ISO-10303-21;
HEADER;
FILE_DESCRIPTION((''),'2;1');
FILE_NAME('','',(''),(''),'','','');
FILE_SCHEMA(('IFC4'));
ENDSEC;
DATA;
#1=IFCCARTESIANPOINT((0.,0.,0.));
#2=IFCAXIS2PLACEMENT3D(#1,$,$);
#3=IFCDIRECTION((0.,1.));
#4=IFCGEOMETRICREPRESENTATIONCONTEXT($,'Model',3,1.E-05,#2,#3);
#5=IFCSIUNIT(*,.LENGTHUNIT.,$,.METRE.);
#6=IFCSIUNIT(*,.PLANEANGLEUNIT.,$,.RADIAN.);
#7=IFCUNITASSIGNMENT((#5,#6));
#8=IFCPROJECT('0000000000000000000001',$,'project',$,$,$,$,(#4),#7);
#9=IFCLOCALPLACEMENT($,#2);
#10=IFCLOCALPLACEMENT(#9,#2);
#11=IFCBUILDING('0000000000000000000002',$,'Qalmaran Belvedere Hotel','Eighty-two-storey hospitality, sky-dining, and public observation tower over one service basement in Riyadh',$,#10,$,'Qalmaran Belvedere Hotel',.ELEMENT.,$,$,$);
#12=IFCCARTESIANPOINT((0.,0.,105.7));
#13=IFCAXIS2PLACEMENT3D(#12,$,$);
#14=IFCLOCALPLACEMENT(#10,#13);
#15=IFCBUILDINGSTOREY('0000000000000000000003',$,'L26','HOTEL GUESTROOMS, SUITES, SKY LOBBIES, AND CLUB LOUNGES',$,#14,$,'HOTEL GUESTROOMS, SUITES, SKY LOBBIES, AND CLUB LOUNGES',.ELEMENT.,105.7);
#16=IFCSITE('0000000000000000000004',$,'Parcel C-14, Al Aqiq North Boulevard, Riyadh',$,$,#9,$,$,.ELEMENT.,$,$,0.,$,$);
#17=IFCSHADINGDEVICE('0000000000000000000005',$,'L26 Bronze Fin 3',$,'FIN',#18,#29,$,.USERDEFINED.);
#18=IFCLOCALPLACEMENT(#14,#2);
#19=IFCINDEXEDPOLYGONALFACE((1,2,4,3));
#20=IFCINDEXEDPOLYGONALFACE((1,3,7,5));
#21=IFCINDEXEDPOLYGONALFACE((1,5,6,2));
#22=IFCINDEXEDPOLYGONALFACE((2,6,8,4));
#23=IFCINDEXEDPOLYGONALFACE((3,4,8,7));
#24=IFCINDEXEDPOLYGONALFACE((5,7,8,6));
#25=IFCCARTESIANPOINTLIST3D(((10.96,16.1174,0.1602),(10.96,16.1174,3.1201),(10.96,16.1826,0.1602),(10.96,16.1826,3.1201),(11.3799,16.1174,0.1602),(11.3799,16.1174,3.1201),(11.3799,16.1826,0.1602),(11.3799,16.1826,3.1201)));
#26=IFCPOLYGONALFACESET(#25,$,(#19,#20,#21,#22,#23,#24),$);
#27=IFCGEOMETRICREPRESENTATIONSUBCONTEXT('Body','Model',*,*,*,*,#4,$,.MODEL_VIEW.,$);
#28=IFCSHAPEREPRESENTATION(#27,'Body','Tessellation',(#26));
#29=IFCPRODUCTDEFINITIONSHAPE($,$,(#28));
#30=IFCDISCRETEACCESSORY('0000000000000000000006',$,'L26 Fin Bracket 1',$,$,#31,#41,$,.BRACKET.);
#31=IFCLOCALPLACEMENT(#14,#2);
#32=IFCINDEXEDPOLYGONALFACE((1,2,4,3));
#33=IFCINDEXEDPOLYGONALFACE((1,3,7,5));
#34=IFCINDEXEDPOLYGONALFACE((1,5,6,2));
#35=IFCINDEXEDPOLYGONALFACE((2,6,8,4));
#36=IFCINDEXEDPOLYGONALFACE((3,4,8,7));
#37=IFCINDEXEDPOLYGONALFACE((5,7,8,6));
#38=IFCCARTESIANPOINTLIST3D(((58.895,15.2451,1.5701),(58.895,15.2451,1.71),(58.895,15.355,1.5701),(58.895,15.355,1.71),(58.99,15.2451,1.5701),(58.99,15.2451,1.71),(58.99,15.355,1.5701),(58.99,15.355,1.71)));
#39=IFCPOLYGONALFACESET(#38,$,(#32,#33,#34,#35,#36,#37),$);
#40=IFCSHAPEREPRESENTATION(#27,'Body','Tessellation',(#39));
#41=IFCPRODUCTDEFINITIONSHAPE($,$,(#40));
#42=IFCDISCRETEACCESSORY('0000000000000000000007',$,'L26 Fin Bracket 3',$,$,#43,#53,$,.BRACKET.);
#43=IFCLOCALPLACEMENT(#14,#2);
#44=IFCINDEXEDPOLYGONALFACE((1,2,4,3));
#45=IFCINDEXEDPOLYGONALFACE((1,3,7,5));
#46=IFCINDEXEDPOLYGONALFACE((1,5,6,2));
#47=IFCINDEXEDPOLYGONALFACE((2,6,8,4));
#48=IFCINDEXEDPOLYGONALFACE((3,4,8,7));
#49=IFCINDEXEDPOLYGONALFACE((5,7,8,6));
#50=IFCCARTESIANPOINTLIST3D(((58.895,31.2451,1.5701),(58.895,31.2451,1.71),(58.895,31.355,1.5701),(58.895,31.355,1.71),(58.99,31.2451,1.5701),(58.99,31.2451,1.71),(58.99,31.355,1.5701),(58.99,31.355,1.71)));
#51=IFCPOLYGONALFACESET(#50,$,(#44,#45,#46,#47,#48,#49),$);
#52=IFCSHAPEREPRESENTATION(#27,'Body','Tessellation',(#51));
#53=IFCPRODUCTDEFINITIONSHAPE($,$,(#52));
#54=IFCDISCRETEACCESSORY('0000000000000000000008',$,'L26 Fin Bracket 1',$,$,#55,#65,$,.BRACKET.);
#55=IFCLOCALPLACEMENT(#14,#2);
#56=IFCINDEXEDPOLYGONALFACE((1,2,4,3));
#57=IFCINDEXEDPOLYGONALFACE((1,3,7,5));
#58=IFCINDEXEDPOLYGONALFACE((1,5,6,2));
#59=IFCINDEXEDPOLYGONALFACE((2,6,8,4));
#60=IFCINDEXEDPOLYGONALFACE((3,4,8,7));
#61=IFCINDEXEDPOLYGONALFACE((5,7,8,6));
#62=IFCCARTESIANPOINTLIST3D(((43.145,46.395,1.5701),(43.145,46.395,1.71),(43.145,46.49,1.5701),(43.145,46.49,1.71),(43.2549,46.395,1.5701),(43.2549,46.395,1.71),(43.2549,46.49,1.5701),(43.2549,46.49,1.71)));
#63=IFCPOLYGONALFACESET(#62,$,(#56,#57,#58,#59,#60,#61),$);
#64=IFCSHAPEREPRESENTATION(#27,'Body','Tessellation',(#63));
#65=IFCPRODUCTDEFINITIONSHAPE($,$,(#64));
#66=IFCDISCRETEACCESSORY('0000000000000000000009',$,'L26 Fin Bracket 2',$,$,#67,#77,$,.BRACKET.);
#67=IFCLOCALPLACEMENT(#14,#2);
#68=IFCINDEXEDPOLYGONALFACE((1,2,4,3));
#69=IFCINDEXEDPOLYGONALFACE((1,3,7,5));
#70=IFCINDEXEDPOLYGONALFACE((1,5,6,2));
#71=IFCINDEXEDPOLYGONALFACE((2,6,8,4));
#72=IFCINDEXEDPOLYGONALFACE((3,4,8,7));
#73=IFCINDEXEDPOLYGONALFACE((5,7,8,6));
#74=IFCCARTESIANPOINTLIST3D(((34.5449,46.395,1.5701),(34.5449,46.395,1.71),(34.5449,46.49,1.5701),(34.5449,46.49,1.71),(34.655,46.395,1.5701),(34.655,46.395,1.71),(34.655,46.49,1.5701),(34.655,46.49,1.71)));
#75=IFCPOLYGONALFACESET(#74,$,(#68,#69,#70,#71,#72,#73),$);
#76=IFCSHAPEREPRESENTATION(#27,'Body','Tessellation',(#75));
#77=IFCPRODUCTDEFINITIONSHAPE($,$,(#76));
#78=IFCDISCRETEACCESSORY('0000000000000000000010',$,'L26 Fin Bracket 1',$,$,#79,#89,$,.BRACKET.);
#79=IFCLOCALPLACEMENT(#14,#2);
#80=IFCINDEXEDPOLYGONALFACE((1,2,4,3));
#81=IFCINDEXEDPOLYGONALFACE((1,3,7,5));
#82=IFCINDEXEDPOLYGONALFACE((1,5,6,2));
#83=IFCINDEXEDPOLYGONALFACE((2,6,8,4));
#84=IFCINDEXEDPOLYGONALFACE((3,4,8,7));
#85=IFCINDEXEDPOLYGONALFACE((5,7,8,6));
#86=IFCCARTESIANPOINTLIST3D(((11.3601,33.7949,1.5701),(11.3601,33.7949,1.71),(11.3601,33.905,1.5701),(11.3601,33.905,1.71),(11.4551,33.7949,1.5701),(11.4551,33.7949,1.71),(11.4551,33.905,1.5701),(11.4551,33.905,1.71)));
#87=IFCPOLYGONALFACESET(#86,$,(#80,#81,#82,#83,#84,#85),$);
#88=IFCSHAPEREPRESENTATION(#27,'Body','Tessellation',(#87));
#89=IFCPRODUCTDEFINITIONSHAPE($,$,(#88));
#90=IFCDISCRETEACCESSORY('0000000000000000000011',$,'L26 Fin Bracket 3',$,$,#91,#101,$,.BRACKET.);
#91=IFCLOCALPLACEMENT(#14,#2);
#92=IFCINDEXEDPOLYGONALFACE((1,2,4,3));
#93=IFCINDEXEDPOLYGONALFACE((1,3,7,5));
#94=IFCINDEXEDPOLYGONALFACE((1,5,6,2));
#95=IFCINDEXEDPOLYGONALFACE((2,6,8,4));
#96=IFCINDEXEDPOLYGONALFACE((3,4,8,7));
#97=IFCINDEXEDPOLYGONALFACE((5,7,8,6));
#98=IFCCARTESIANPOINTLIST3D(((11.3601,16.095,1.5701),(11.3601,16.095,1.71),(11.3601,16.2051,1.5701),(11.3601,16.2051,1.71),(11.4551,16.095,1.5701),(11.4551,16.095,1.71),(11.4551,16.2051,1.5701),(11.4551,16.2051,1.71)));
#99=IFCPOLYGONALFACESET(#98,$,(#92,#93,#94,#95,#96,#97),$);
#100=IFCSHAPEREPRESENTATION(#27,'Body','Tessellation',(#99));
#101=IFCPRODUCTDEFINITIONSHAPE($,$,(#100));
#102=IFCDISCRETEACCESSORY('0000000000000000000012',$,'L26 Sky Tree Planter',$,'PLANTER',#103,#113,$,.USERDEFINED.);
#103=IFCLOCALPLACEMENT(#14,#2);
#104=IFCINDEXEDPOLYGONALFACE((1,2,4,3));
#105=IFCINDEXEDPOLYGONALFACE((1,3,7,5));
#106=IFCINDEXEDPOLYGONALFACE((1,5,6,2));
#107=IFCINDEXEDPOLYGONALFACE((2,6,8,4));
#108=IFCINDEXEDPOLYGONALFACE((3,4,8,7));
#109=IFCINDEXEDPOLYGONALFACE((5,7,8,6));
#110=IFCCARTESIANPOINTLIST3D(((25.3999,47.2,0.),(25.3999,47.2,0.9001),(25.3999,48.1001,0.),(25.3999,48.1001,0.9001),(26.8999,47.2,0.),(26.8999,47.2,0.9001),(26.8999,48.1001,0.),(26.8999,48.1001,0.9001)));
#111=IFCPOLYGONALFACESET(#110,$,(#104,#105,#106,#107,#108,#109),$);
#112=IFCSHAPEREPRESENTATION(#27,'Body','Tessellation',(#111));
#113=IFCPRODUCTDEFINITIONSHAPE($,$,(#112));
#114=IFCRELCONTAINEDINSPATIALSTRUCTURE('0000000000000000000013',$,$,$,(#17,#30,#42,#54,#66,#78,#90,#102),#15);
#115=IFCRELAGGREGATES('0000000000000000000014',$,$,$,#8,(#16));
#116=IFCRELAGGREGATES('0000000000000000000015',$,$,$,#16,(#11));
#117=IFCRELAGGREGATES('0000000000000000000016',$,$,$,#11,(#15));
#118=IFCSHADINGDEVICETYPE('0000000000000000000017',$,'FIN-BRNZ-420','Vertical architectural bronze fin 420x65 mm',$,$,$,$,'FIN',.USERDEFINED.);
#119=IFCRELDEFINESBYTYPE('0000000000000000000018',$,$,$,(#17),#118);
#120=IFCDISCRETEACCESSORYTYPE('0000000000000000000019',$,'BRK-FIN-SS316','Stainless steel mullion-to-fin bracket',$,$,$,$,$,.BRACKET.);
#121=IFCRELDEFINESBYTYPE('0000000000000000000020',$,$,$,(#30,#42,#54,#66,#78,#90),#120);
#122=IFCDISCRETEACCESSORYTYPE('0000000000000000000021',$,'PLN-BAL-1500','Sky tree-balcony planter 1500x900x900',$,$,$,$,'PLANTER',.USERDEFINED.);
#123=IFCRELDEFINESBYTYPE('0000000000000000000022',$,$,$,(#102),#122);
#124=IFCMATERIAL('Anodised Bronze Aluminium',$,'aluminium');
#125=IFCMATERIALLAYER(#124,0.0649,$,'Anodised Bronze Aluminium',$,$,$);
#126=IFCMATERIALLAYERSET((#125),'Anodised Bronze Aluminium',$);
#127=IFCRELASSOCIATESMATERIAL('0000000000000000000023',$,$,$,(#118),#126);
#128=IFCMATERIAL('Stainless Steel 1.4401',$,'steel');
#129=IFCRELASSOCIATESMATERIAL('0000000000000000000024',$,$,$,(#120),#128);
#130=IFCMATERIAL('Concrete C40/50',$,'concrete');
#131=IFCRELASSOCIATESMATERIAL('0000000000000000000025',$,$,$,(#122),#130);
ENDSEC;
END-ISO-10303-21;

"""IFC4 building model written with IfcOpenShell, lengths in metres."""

from ifc_helpers import new_model, si_unit, direction, frame, origin, place, context, subcontext, project, spatial, polyline, outline, extrude, material, layer, layer_set, type_object, element, save


model = new_model("IFC4")

# Units and contexts
model_context = context("Model", 3, precision=1e-05, world=origin(), true_north=direction((0.0, 1.0)))
body_context = subcontext(model_context, "Body", "Model", "MODEL_VIEW")
ifc_project = project(units=[si_unit("LENGTHUNIT", "METRE"), si_unit("PLANEANGLEUNIT", "RADIAN")], contexts=[model_context])

# Site, building, storey
site_placement = place(None, origin())
site = spatial("IfcSite", under=ifc_project, at=site_placement, Name="Parcel C-14, Al Aqiq North Boulevard, Riyadh", CompositionType="ELEMENT", RefElevation=0.0)
building_placement = place(site_placement, origin())
building = spatial("IfcBuilding", under=site, at=building_placement, Name="Qalmaran Belvedere Hotel", Description="Eighty-two-storey hospitality, sky-dining, and public observation tower over one service basement in Riyadh", LongName="Qalmaran Belvedere Hotel", CompositionType="ELEMENT")
storey_placement = place(building_placement, frame((0.0, 0.0, 105.7)))
storey = spatial("IfcBuildingStorey", under=building, at=storey_placement, Name="L26", Description="HOTEL GUESTROOMS, SUITES, SKY LOBBIES, AND CLUB LOUNGES", LongName="HOTEL GUESTROOMS, SUITES, SKY LOBBIES, AND CLUB LOUNGES", CompositionType="ELEMENT", Elevation=105.7)

# Shared definitions
ifc_material_1 = material(Name="Anodised Bronze Aluminium", Category="aluminium")

# Shared definitions
ifc_material_2 = material(Name="Concrete C40/50", Category="concrete")

# Shading device
ifc_layer_1 = layer(ifc_material_1, 0.0649, Name="Anodised Bronze Aluminium")
ifc_layer_set_1 = layer_set([ifc_layer_1], Name="Anodised Bronze Aluminium")
shading_device_type = type_object("IfcShadingDeviceType", Name="FIN-BRNZ-420", Description="Vertical architectural bronze fin 420x65 mm", ElementType="FIN", PredefinedType="USERDEFINED", material=ifc_layer_set_1)
shading_device_1_placement = place(storey_placement, frame((0.0, 0.0, 0.1602)))
element("IfcShadingDevice", 1, at=shading_device_1_placement, inside=storey, type_object=shading_device_type, Name="L26 Bronze Fin 3", ObjectType="FIN", PredefinedType="USERDEFINED", context=body_context, shape_type="SweptSolid", body=[
    extrude(outline(polyline([(11.3799, 16.1826), (10.96, 16.1826), (10.96, 16.1174), (11.3799, 16.1174), (11.3799, 16.1826)])), origin(), (0.0, 0.0, 1.0), 2.96),
])

# Discrete accessories
ifc_material_3 = material(Name="Stainless Steel 1.4401", Category="steel")
discrete_accessory_type_1 = type_object("IfcDiscreteAccessoryType", Name="BRK-FIN-SS316", Description="Stainless steel mullion-to-fin bracket", PredefinedType="BRACKET", material=ifc_material_3)
discrete_accessory_1_placement = place(storey_placement, frame((0.0, 0.0, 1.5701)))
element("IfcDiscreteAccessory", 2, at=discrete_accessory_1_placement, inside=storey, type_object=discrete_accessory_type_1, Name="L26 Fin Bracket 1", PredefinedType="BRACKET", context=body_context, shape_type="SweptSolid", body=[
    extrude(outline(polyline([(58.895, 15.2451), (58.99, 15.2451), (58.99, 15.355), (58.895, 15.355), (58.895, 15.2451)])), origin(), (0.0, 0.0, 1.0), 0.1399),
])
discrete_accessory_2_placement = place(storey_placement, frame((0.0, 0.0, 1.5701)))
element("IfcDiscreteAccessory", 3, at=discrete_accessory_2_placement, inside=storey, type_object=discrete_accessory_type_1, Name="L26 Fin Bracket 3", PredefinedType="BRACKET", context=body_context, shape_type="SweptSolid", body=[
    extrude(outline(polyline([(58.895, 31.2451), (58.99, 31.2451), (58.99, 31.355), (58.895, 31.355), (58.895, 31.2451)])), origin(), (0.0, 0.0, 1.0), 0.1399),
])
discrete_accessory_3_placement = place(storey_placement, frame((0.0, 0.0, 1.5701)))
element("IfcDiscreteAccessory", 4, at=discrete_accessory_3_placement, inside=storey, type_object=discrete_accessory_type_1, Name="L26 Fin Bracket 1", PredefinedType="BRACKET", context=body_context, shape_type="SweptSolid", body=[
    extrude(outline(polyline([(43.2549, 46.395), (43.2549, 46.49), (43.145, 46.49), (43.145, 46.395), (43.2549, 46.395)])), origin(), (0.0, 0.0, 1.0), 0.1399),
])
discrete_accessory_4_placement = place(storey_placement, frame((0.0, 0.0, 1.5701)))
element("IfcDiscreteAccessory", 5, at=discrete_accessory_4_placement, inside=storey, type_object=discrete_accessory_type_1, Name="L26 Fin Bracket 2", PredefinedType="BRACKET", context=body_context, shape_type="SweptSolid", body=[
    extrude(outline(polyline([(34.655, 46.395), (34.655, 46.49), (34.5449, 46.49), (34.5449, 46.395), (34.655, 46.395)])), origin(), (0.0, 0.0, 1.0), 0.1399),
])
discrete_accessory_5_placement = place(storey_placement, frame((0.0, 0.0, 1.5701)))
element("IfcDiscreteAccessory", 6, at=discrete_accessory_5_placement, inside=storey, type_object=discrete_accessory_type_1, Name="L26 Fin Bracket 1", PredefinedType="BRACKET", context=body_context, shape_type="SweptSolid", body=[
    extrude(outline(polyline([(11.4551, 33.905), (11.3601, 33.905), (11.3601, 33.7949), (11.4551, 33.7949), (11.4551, 33.905)])), origin(), (0.0, 0.0, 1.0), 0.1399),
])
discrete_accessory_6_placement = place(storey_placement, frame((0.0, 0.0, 1.5701)))
element("IfcDiscreteAccessory", 7, at=discrete_accessory_6_placement, inside=storey, type_object=discrete_accessory_type_1, Name="L26 Fin Bracket 3", PredefinedType="BRACKET", context=body_context, shape_type="SweptSolid", body=[
    extrude(outline(polyline([(11.4551, 16.2051), (11.3601, 16.2051), (11.3601, 16.095), (11.4551, 16.095), (11.4551, 16.2051)])), origin(), (0.0, 0.0, 1.0), 0.1399),
])
discrete_accessory_type_2 = type_object("IfcDiscreteAccessoryType", Name="PLN-BAL-1500", Description="Sky tree-balcony planter 1500x900x900", ElementType="PLANTER", PredefinedType="USERDEFINED", material=ifc_material_2)
discrete_accessory_7_placement = place(storey_placement, origin())
element("IfcDiscreteAccessory", 8, at=discrete_accessory_7_placement, inside=storey, type_object=discrete_accessory_type_2, Name="L26 Sky Tree Planter", ObjectType="PLANTER", PredefinedType="USERDEFINED", context=body_context, shape_type="SweptSolid", body=[
    extrude(outline(polyline([(25.3999, 47.2), (26.8999, 47.2), (26.8999, 48.1001), (25.3999, 48.1001), (25.3999, 47.2)])), origin(), (0.0, 0.0, 1.0), 0.9001),
])

save(model, "model.ifc")
